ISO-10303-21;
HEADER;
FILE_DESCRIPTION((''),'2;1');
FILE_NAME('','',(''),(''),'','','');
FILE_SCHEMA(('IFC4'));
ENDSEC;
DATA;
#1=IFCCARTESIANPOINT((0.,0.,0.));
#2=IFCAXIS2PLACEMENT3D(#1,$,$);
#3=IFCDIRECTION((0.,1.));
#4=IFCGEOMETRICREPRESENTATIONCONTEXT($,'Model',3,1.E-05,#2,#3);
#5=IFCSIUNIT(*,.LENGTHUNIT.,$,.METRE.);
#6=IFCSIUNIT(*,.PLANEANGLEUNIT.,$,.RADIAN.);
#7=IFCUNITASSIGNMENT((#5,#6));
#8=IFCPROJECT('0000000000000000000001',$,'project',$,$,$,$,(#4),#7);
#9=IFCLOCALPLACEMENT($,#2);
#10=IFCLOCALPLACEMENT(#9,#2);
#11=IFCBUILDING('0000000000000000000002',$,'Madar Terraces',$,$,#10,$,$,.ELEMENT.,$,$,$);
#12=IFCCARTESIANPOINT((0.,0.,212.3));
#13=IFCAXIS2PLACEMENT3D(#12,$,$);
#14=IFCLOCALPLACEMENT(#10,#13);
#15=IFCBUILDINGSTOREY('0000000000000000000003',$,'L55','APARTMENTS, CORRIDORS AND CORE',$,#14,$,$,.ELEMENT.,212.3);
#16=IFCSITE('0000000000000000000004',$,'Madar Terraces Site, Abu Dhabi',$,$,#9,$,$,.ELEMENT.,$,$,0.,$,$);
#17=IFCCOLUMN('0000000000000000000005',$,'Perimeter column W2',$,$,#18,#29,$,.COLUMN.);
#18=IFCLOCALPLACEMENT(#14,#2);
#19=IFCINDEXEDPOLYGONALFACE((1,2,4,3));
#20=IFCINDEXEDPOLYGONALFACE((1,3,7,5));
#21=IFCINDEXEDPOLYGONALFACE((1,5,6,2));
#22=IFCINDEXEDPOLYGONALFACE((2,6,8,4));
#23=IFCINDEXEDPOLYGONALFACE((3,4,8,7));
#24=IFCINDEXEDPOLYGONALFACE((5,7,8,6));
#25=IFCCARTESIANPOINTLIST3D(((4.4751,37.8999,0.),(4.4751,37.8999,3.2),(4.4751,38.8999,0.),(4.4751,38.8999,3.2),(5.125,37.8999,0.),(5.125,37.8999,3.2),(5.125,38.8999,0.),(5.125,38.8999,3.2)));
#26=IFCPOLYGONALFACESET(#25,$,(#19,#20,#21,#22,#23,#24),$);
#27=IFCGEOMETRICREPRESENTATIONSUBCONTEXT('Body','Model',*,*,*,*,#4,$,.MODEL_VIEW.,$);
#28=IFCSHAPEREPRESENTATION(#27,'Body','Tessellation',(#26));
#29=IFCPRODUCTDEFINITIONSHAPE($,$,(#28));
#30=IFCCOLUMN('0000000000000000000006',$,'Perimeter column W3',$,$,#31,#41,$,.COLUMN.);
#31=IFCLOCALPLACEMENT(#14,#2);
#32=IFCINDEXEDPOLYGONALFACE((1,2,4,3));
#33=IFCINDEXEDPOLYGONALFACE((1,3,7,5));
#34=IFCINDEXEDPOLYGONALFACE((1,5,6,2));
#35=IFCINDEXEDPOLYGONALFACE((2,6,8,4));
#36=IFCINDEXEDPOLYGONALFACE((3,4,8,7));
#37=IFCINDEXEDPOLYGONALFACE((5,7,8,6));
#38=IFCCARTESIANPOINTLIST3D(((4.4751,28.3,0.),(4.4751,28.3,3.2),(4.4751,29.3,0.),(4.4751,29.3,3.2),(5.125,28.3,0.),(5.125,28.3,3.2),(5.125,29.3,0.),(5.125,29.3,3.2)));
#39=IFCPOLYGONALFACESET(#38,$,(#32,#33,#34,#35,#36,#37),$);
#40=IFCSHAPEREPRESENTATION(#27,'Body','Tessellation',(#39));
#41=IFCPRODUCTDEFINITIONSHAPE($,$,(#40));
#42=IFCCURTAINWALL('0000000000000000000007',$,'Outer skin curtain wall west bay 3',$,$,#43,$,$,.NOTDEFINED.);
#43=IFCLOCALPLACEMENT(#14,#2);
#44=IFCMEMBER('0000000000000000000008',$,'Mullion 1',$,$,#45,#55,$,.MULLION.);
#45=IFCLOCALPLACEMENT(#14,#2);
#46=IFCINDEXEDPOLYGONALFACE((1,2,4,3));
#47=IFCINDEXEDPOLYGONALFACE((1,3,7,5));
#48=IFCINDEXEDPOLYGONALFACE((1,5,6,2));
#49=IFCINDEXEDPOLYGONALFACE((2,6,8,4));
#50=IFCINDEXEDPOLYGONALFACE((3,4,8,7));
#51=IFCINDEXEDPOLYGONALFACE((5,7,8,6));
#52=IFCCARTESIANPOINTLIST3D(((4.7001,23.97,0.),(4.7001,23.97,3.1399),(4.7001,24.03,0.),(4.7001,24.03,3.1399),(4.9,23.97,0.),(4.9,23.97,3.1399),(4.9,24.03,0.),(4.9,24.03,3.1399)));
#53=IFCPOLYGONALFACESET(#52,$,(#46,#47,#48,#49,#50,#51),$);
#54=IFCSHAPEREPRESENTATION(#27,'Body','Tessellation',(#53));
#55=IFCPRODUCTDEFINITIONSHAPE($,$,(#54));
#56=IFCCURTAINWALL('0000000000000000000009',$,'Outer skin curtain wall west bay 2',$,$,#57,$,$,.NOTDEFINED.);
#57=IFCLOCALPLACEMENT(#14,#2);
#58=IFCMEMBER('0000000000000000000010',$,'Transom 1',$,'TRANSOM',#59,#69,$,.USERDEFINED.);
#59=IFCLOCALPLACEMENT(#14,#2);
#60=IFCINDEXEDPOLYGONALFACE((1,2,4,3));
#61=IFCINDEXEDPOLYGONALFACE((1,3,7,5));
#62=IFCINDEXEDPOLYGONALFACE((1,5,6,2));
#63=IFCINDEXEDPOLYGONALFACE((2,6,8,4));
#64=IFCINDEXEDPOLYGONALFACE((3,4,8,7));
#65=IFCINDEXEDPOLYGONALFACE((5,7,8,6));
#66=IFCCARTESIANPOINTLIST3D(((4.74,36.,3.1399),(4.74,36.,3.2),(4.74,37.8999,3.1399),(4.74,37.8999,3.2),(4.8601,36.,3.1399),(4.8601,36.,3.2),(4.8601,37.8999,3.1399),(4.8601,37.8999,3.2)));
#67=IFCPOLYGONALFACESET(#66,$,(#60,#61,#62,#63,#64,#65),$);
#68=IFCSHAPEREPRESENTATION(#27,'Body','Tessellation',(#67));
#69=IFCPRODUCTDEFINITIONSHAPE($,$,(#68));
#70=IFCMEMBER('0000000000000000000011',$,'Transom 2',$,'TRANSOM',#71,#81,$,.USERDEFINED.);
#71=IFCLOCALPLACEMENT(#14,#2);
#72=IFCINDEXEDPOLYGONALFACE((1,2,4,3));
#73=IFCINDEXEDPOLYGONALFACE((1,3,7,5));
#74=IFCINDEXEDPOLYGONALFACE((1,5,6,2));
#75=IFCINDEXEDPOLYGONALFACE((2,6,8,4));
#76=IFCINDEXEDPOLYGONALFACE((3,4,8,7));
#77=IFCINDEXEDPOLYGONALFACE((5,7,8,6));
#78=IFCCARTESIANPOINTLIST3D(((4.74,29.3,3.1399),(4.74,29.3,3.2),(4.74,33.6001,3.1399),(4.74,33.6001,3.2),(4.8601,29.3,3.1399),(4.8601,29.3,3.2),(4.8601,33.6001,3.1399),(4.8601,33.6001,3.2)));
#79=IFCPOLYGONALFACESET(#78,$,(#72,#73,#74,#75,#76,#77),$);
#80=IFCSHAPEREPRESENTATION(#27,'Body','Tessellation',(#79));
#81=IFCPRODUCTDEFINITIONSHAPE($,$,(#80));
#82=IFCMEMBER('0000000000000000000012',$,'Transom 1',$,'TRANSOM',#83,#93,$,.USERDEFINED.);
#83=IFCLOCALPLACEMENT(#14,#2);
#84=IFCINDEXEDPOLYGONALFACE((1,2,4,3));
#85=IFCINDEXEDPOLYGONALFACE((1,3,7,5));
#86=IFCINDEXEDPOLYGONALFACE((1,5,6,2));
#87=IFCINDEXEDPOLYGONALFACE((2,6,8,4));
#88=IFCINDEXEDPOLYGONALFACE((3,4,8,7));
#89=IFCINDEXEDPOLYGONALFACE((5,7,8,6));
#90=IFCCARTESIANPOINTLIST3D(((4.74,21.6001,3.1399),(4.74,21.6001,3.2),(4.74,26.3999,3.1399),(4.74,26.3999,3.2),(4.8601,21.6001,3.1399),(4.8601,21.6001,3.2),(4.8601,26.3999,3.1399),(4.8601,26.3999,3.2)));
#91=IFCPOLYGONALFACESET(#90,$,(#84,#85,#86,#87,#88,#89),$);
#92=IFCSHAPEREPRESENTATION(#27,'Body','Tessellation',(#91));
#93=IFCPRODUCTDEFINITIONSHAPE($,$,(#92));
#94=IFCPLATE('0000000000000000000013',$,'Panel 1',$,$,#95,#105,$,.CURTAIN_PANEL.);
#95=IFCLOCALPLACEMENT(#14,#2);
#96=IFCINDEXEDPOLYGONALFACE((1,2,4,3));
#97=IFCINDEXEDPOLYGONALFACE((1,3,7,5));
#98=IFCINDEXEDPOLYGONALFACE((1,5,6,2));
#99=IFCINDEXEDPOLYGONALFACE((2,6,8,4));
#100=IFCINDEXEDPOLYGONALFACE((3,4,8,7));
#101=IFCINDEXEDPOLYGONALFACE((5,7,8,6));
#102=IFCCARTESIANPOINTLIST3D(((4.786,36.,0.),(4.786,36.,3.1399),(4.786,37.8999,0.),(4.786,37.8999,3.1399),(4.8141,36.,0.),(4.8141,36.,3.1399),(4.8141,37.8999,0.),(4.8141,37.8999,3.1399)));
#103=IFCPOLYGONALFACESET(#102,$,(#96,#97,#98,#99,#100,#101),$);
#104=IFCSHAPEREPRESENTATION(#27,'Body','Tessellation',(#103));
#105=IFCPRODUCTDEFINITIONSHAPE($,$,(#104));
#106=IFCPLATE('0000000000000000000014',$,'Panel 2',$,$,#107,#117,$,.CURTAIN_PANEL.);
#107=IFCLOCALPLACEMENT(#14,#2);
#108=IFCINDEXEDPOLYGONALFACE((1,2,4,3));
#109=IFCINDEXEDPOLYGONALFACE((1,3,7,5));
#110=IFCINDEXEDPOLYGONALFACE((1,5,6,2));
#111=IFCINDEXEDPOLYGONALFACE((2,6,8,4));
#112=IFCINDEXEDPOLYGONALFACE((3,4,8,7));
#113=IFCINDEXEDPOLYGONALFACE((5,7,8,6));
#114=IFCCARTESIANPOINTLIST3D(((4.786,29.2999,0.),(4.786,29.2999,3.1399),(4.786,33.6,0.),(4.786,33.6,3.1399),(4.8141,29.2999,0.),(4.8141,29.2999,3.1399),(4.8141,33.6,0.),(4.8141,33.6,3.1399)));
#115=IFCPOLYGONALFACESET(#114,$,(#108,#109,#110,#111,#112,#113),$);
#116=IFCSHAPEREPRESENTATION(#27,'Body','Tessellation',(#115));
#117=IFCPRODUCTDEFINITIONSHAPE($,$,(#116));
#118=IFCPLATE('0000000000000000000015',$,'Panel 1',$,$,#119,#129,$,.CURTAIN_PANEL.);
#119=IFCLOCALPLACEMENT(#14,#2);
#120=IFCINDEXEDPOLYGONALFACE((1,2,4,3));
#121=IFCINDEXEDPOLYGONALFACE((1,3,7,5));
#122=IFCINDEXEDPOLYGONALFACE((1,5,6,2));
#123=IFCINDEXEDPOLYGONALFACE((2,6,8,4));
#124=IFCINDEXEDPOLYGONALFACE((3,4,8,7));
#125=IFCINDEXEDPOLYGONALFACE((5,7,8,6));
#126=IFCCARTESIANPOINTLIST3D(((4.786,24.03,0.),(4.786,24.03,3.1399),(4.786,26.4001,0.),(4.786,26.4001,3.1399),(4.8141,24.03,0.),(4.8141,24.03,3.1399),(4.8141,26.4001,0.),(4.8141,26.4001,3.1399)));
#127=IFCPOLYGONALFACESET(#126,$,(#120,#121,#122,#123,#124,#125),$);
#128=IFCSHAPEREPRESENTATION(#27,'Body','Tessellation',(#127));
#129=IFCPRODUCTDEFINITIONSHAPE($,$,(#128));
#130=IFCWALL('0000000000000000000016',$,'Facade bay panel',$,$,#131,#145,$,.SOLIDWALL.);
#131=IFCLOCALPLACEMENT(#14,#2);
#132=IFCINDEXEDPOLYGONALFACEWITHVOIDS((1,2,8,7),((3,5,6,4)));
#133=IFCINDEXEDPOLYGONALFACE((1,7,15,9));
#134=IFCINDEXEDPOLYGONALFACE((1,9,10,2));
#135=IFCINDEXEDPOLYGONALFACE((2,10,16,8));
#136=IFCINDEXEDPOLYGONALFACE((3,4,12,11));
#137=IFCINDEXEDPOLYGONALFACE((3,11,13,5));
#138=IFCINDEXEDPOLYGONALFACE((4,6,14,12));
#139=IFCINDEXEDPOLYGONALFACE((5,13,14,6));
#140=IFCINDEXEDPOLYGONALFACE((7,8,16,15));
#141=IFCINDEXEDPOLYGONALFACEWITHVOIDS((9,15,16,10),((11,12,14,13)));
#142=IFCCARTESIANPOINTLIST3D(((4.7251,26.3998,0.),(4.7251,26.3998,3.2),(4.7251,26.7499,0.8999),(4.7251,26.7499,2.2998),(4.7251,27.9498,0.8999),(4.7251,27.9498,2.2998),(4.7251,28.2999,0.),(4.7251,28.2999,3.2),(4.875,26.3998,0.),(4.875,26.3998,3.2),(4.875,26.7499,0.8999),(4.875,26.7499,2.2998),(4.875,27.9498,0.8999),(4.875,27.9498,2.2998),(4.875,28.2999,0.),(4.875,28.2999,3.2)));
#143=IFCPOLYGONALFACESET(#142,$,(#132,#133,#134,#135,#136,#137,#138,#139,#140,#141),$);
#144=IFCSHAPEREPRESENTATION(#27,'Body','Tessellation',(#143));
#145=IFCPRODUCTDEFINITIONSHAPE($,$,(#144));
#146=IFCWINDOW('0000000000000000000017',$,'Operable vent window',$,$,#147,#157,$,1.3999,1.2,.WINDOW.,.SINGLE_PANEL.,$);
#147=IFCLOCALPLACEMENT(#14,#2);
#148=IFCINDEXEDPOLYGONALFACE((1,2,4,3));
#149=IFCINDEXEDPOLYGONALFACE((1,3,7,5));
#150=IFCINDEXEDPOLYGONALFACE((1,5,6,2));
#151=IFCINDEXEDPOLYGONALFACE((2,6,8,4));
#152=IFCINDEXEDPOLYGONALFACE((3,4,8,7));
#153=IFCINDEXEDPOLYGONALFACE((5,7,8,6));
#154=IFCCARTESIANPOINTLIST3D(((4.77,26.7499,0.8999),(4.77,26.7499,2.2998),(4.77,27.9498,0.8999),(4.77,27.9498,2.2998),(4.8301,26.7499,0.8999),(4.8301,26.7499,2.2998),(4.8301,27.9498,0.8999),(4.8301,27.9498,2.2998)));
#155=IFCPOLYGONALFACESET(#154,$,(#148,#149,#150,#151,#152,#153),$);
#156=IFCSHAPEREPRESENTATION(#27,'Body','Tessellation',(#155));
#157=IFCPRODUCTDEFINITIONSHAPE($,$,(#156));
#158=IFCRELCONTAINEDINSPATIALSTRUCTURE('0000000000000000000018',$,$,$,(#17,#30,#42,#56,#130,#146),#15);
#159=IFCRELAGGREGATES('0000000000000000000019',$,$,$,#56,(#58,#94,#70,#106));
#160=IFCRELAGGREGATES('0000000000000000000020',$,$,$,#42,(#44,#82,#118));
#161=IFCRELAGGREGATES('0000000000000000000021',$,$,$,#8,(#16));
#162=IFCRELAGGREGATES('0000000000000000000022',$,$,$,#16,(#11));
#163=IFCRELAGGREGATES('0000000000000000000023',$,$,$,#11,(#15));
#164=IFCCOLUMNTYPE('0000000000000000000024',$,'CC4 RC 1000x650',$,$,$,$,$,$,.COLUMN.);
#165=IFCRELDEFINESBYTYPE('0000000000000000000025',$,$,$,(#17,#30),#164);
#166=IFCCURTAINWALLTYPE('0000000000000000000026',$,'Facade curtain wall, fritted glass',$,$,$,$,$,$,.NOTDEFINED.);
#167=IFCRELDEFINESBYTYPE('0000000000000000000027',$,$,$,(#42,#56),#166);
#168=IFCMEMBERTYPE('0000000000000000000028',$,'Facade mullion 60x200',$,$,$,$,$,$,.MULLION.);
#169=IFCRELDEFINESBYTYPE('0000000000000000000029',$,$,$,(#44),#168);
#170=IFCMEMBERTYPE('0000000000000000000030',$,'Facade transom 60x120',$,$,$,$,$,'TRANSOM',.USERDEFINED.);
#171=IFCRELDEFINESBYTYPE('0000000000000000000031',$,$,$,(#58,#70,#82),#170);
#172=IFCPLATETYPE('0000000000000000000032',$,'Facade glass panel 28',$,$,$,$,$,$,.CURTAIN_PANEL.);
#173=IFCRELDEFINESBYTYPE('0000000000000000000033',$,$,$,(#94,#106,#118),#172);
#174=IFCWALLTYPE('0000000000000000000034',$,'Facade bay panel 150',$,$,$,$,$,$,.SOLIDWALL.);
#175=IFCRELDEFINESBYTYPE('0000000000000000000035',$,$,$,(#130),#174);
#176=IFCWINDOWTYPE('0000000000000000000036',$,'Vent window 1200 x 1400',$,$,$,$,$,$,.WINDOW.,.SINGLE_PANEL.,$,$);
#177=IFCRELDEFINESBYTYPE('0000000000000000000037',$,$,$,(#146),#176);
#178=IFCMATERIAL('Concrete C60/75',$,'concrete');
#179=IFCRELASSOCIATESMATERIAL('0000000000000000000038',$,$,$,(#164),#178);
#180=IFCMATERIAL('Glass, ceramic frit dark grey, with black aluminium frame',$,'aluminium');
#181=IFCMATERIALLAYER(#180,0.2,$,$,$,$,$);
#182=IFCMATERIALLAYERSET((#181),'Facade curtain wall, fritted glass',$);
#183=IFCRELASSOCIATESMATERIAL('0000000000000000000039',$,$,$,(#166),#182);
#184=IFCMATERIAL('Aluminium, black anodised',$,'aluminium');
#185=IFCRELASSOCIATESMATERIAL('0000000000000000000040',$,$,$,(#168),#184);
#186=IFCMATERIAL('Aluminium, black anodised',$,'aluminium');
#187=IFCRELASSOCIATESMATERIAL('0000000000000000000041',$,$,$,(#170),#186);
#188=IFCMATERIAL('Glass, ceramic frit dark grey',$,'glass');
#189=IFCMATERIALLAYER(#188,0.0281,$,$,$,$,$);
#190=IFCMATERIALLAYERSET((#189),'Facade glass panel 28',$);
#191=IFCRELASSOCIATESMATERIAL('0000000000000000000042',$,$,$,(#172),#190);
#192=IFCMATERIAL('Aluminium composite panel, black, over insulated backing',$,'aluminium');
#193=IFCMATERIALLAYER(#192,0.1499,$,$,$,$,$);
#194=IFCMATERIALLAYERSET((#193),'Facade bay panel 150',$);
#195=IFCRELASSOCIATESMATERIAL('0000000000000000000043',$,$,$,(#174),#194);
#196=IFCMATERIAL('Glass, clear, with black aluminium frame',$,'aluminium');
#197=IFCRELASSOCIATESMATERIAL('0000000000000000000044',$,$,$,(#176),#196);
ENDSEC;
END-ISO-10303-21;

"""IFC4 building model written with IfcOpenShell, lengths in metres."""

from ifc_helpers import new_model, si_unit, direction, frame, frame_2d, origin, origin_2d, place, context, subcontext, project, spatial, rectangle, extrude, material, layer, layer_set, material_profile, profile_set, type_object, element, fill, aggregate, save


model = new_model("IFC4")

# Units and contexts
model_context = context("Model", 3, precision=1e-05, world=origin(), true_north=direction((0.0, 1.0)))
body_context = subcontext(model_context, "Body", "Model", "MODEL_VIEW")
ifc_project = project(units=[si_unit("LENGTHUNIT", "METRE"), si_unit("PLANEANGLEUNIT", "RADIAN")], contexts=[model_context])

# Site, building, storey
site_placement = place(None, origin())
site = spatial("IfcSite", under=ifc_project, at=site_placement, Name="Madar Terraces Site, Abu Dhabi", CompositionType="ELEMENT", RefElevation=0.0)
building_placement = place(site_placement, origin())
building = spatial("IfcBuilding", under=site, at=building_placement, Name="Madar Terraces", CompositionType="ELEMENT")
storey_placement = place(building_placement, frame((0.0, 0.0, 212.3)))
storey = spatial("IfcBuildingStorey", under=building, at=storey_placement, Name="L55", Description="APARTMENTS, CORRIDORS AND CORE", CompositionType="ELEMENT", Elevation=212.3)

# Columns
ifc_material_1 = material(Name="Concrete C60/75", Category="concrete")
ifc_material_profile_1 = material_profile(ifc_material_1, rectangle(XDim=1.0, YDim=0.6499, at=origin_2d()), Name="CC4 RC 1000x650")
ifc_profile_set_1 = profile_set([ifc_material_profile_1], Name="Concrete C60/75")
column_type = type_object("IfcColumnType", Name="CC4 RC 1000x650", PredefinedType="COLUMN", material=ifc_profile_set_1)
for number, where, z_axis, x_axis, name in (
    (1, (4.8, 38.3999, 0.0), (0.0, 0.0, 1.0), (0.0, 1.0, 0.0), "Perimeter column W2"),
    (2, (4.8, 28.8, 0.0), (0.0, 0.0, 1.0), (0.0, 1.0, 0.0), "Perimeter column W3"),
):
    element("IfcColumn", number, at=place(storey_placement, frame(where, z_axis=z_axis, x_axis=x_axis)), inside=storey, type_object=column_type, Name=name, PredefinedType="COLUMN", context=body_context, shape_type="SweptSolid", body=[
        extrude(rectangle(XDim=1.0, YDim=0.6499, at=origin_2d()), origin(), (0.0, 0.0, 1.0), 3.2),
    ])

# Curtain wall, member
ifc_material_2 = material(Name="Glass, ceramic frit dark grey, with black aluminium frame", Category="aluminium")
ifc_layer_1 = layer(ifc_material_2, 0.2)
ifc_layer_set_1 = layer_set([ifc_layer_1], Name="Facade curtain wall, fritted glass")
curtain_wall_type = type_object("IfcCurtainWallType", Name="Facade curtain wall, fritted glass", PredefinedType="NOTDEFINED", material=ifc_layer_set_1)
curtain_wall_1_placement = place(storey_placement, origin())
curtain_wall_1 = element("IfcCurtainWall", 3, at=curtain_wall_1_placement, inside=storey, type_object=curtain_wall_type, Name="Outer skin curtain wall west bay 3", PredefinedType="NOTDEFINED")
ifc_material_3 = material(Name="Aluminium, black anodised", Category="aluminium")
ifc_material_profile_2 = material_profile(ifc_material_3, rectangle(XDim=0.2, YDim=0.0601, at=origin_2d()), Name="Facade mullion 60x200")
ifc_profile_set_2 = profile_set([ifc_material_profile_2], Name="Aluminium, black anodised")
member_type_1 = type_object("IfcMemberType", Name="Facade mullion 60x200", PredefinedType="MULLION", material=ifc_profile_set_2)
member_1_placement = place(storey_placement, frame((4.8, 24.0, 0.0), z_axis=(0.0, 0.0, 1.0), x_axis=(1.0, 0.0, 0.0)))
member_1 = element("IfcMember", 4, at=member_1_placement, type_object=member_type_1, Name="Mullion 1", PredefinedType="MULLION", context=body_context, shape_type="SweptSolid", body=[
    extrude(rectangle(XDim=0.2, YDim=0.0601, at=origin_2d()), origin(), (0.0, 0.0, 1.0), 3.1399),
])

# Curtain wall, members
curtain_wall_2_placement = place(storey_placement, origin())
curtain_wall_2 = element("IfcCurtainWall", 5, at=curtain_wall_2_placement, inside=storey, type_object=curtain_wall_type, Name="Outer skin curtain wall west bay 2", PredefinedType="NOTDEFINED")
ifc_material_4 = material(Name="Aluminium, black anodised", Category="aluminium")
ifc_material_profile_3 = material_profile(ifc_material_4, rectangle(XDim=0.1201, YDim=0.0601, at=origin_2d()), Name="Facade transom 60x120")
ifc_profile_set_3 = profile_set([ifc_material_profile_3], Name="Aluminium, black anodised")
member_type_2 = type_object("IfcMemberType", Name="Facade transom 60x120", ElementType="TRANSOM", PredefinedType="USERDEFINED", material=ifc_profile_set_3)
member_2_placement = place(storey_placement, frame((4.8, 37.8999, 3.1699), z_axis=(0.0, -1.0, 0.0), x_axis=(1.0, 0.0, 0.0)))
member_2 = element("IfcMember", 6, at=member_2_placement, type_object=member_type_2, Name="Transom 1", ObjectType="TRANSOM", PredefinedType="USERDEFINED", context=body_context, shape_type="SweptSolid", body=[
    extrude(rectangle(XDim=0.1201, YDim=0.0601, at=origin_2d()), origin(), (0.0, 0.0, 1.0), 1.8999),
])
member_3_placement = place(storey_placement, frame((4.8, 33.6001, 3.1699), z_axis=(0.0, -1.0, 0.0), x_axis=(1.0, 0.0, 0.0)))
member_3 = element("IfcMember", 7, at=member_3_placement, type_object=member_type_2, Name="Transom 2", ObjectType="TRANSOM", PredefinedType="USERDEFINED", context=body_context, shape_type="SweptSolid", body=[
    extrude(rectangle(XDim=0.1201, YDim=0.0601, at=origin_2d()), origin(), (0.0, 0.0, 1.0), 4.3),
])

# Member
member_4_placement = place(storey_placement, frame((4.8, 26.3999, 3.1699), z_axis=(0.0, -1.0, 0.0), x_axis=(1.0, 0.0, 0.0)))
member_4 = element("IfcMember", 8, at=member_4_placement, type_object=member_type_2, Name="Transom 1", ObjectType="TRANSOM", PredefinedType="USERDEFINED", context=body_context, shape_type="SweptSolid", body=[
    extrude(rectangle(XDim=0.1201, YDim=0.0601, at=origin_2d()), origin(), (0.0, 0.0, 1.0), 4.7998),
])

# Plates
ifc_material_5 = material(Name="Glass, ceramic frit dark grey", Category="glass")
ifc_layer_2 = layer(ifc_material_5, 0.0281)
ifc_layer_set_2 = layer_set([ifc_layer_2], Name="Facade glass panel 28")
plate_type = type_object("IfcPlateType", Name="Facade glass panel 28", PredefinedType="CURTAIN_PANEL", material=ifc_layer_set_2)
plate_1_placement = place(storey_placement, frame((4.8, 36.95, 0.0), z_axis=(0.0, 0.0, 1.0), x_axis=(0.0, -1.0, 0.0)))
plate_1 = element("IfcPlate", 9, at=plate_1_placement, type_object=plate_type, Name="Panel 1", PredefinedType="CURTAIN_PANEL", context=body_context, shape_type="SweptSolid", body=[
    extrude(rectangle(XDim=1.8999, YDim=0.0281, at=origin_2d()), origin(), (0.0, 0.0, 1.0), 3.1399),
])
plate_2_placement = place(storey_placement, frame((4.8, 31.45, 0.0), z_axis=(0.0, 0.0, 1.0), x_axis=(0.0, -1.0, 0.0)))
plate_2 = element("IfcPlate", 10, at=plate_2_placement, type_object=plate_type, Name="Panel 2", PredefinedType="CURTAIN_PANEL", context=body_context, shape_type="SweptSolid", body=[
    extrude(rectangle(XDim=4.3, YDim=0.0281, at=origin_2d()), origin(), (0.0, 0.0, 1.0), 3.1399),
])
aggregate(curtain_wall_2, [member_2, plate_1, member_3, plate_2])
plate_3_placement = place(storey_placement, frame((4.8, 25.2151, 0.0), z_axis=(0.0, 0.0, 1.0), x_axis=(0.0, -1.0, 0.0)))
plate_3 = element("IfcPlate", 11, at=plate_3_placement, type_object=plate_type, Name="Panel 1", PredefinedType="CURTAIN_PANEL", context=body_context, shape_type="SweptSolid", body=[
    extrude(rectangle(XDim=2.3701, YDim=0.0281, at=origin_2d()), origin(), (0.0, 0.0, 1.0), 3.1399),
])
aggregate(curtain_wall_1, [member_1, member_4, plate_3])

# Shared definitions
ifc_material_6 = material(Name="Aluminium composite panel, black, over insulated backing", Category="aluminium")
ifc_layer_3 = layer(ifc_material_6, 0.1499)
ifc_layer_set_3 = layer_set([ifc_layer_3], Name="Facade bay panel 150")
wall_type_1 = type_object("IfcWallType", Name="Facade bay panel 150", PredefinedType="SOLIDWALL", material=ifc_layer_set_3)

# Wall, opening, window
wall_1_placement = place(storey_placement, frame((4.8, 28.3, 0.0), z_axis=(0.0, 0.0, 1.0), x_axis=(0.0, -1.0, 0.0)))
wall_1 = element("IfcWall", 12, at=wall_1_placement, inside=storey, type_object=wall_type_1, Name="Facade bay panel", PredefinedType="SOLIDWALL", context=body_context, shape_type="SweptSolid", body=[
    extrude(rectangle(XDim=1.9001, YDim=0.1499, at=frame_2d((0.9502, 0.0))), origin(), (0.0, 0.0, 1.0), 3.2),
])
opening_1_placement = place(wall_1_placement, frame((0.3501, 0.0, 0.8999)))
opening_1 = element("IfcOpeningElement", 13, at=opening_1_placement, cuts=wall_1, PredefinedType="OPENING", context=body_context, shape_type="SweptSolid", body=[
    extrude(rectangle(XDim=1.2, YDim=1.3999, at=frame_2d((0.6001, 0.7))), frame((0.0, 0.085, 0.0), z_axis=(0.0, -1.0, 0.0), x_axis=(1.0, 0.0, 0.0)), (0.0, 0.0, 1.0), 0.1699),
])
ifc_material_7 = material(Name="Glass, clear, with black aluminium frame", Category="aluminium")
window_type = type_object("IfcWindowType", Name="Vent window 1200 x 1400", PartitioningType="SINGLE_PANEL", PredefinedType="WINDOW", material=ifc_material_7)
window_placement = place(opening_1_placement, origin())
window = element("IfcWindow", 14, at=window_placement, inside=storey, type_object=window_type, Name="Operable vent window", OverallHeight=1.3999, OverallWidth=1.2, PartitioningType="SINGLE_PANEL", PredefinedType="WINDOW", context=body_context, shape_type="SweptSolid", body=[
    extrude(rectangle(XDim=1.2, YDim=1.3999, at=frame_2d((0.6001, 0.7))), frame((0.0, 0.03, 0.0), z_axis=(0.0, -1.0, 0.0), x_axis=(1.0, 0.0, 0.0)), (0.0, 0.0, 1.0), 0.0601),
])
fill(opening_1, window)

save(model, "model.ifc")
